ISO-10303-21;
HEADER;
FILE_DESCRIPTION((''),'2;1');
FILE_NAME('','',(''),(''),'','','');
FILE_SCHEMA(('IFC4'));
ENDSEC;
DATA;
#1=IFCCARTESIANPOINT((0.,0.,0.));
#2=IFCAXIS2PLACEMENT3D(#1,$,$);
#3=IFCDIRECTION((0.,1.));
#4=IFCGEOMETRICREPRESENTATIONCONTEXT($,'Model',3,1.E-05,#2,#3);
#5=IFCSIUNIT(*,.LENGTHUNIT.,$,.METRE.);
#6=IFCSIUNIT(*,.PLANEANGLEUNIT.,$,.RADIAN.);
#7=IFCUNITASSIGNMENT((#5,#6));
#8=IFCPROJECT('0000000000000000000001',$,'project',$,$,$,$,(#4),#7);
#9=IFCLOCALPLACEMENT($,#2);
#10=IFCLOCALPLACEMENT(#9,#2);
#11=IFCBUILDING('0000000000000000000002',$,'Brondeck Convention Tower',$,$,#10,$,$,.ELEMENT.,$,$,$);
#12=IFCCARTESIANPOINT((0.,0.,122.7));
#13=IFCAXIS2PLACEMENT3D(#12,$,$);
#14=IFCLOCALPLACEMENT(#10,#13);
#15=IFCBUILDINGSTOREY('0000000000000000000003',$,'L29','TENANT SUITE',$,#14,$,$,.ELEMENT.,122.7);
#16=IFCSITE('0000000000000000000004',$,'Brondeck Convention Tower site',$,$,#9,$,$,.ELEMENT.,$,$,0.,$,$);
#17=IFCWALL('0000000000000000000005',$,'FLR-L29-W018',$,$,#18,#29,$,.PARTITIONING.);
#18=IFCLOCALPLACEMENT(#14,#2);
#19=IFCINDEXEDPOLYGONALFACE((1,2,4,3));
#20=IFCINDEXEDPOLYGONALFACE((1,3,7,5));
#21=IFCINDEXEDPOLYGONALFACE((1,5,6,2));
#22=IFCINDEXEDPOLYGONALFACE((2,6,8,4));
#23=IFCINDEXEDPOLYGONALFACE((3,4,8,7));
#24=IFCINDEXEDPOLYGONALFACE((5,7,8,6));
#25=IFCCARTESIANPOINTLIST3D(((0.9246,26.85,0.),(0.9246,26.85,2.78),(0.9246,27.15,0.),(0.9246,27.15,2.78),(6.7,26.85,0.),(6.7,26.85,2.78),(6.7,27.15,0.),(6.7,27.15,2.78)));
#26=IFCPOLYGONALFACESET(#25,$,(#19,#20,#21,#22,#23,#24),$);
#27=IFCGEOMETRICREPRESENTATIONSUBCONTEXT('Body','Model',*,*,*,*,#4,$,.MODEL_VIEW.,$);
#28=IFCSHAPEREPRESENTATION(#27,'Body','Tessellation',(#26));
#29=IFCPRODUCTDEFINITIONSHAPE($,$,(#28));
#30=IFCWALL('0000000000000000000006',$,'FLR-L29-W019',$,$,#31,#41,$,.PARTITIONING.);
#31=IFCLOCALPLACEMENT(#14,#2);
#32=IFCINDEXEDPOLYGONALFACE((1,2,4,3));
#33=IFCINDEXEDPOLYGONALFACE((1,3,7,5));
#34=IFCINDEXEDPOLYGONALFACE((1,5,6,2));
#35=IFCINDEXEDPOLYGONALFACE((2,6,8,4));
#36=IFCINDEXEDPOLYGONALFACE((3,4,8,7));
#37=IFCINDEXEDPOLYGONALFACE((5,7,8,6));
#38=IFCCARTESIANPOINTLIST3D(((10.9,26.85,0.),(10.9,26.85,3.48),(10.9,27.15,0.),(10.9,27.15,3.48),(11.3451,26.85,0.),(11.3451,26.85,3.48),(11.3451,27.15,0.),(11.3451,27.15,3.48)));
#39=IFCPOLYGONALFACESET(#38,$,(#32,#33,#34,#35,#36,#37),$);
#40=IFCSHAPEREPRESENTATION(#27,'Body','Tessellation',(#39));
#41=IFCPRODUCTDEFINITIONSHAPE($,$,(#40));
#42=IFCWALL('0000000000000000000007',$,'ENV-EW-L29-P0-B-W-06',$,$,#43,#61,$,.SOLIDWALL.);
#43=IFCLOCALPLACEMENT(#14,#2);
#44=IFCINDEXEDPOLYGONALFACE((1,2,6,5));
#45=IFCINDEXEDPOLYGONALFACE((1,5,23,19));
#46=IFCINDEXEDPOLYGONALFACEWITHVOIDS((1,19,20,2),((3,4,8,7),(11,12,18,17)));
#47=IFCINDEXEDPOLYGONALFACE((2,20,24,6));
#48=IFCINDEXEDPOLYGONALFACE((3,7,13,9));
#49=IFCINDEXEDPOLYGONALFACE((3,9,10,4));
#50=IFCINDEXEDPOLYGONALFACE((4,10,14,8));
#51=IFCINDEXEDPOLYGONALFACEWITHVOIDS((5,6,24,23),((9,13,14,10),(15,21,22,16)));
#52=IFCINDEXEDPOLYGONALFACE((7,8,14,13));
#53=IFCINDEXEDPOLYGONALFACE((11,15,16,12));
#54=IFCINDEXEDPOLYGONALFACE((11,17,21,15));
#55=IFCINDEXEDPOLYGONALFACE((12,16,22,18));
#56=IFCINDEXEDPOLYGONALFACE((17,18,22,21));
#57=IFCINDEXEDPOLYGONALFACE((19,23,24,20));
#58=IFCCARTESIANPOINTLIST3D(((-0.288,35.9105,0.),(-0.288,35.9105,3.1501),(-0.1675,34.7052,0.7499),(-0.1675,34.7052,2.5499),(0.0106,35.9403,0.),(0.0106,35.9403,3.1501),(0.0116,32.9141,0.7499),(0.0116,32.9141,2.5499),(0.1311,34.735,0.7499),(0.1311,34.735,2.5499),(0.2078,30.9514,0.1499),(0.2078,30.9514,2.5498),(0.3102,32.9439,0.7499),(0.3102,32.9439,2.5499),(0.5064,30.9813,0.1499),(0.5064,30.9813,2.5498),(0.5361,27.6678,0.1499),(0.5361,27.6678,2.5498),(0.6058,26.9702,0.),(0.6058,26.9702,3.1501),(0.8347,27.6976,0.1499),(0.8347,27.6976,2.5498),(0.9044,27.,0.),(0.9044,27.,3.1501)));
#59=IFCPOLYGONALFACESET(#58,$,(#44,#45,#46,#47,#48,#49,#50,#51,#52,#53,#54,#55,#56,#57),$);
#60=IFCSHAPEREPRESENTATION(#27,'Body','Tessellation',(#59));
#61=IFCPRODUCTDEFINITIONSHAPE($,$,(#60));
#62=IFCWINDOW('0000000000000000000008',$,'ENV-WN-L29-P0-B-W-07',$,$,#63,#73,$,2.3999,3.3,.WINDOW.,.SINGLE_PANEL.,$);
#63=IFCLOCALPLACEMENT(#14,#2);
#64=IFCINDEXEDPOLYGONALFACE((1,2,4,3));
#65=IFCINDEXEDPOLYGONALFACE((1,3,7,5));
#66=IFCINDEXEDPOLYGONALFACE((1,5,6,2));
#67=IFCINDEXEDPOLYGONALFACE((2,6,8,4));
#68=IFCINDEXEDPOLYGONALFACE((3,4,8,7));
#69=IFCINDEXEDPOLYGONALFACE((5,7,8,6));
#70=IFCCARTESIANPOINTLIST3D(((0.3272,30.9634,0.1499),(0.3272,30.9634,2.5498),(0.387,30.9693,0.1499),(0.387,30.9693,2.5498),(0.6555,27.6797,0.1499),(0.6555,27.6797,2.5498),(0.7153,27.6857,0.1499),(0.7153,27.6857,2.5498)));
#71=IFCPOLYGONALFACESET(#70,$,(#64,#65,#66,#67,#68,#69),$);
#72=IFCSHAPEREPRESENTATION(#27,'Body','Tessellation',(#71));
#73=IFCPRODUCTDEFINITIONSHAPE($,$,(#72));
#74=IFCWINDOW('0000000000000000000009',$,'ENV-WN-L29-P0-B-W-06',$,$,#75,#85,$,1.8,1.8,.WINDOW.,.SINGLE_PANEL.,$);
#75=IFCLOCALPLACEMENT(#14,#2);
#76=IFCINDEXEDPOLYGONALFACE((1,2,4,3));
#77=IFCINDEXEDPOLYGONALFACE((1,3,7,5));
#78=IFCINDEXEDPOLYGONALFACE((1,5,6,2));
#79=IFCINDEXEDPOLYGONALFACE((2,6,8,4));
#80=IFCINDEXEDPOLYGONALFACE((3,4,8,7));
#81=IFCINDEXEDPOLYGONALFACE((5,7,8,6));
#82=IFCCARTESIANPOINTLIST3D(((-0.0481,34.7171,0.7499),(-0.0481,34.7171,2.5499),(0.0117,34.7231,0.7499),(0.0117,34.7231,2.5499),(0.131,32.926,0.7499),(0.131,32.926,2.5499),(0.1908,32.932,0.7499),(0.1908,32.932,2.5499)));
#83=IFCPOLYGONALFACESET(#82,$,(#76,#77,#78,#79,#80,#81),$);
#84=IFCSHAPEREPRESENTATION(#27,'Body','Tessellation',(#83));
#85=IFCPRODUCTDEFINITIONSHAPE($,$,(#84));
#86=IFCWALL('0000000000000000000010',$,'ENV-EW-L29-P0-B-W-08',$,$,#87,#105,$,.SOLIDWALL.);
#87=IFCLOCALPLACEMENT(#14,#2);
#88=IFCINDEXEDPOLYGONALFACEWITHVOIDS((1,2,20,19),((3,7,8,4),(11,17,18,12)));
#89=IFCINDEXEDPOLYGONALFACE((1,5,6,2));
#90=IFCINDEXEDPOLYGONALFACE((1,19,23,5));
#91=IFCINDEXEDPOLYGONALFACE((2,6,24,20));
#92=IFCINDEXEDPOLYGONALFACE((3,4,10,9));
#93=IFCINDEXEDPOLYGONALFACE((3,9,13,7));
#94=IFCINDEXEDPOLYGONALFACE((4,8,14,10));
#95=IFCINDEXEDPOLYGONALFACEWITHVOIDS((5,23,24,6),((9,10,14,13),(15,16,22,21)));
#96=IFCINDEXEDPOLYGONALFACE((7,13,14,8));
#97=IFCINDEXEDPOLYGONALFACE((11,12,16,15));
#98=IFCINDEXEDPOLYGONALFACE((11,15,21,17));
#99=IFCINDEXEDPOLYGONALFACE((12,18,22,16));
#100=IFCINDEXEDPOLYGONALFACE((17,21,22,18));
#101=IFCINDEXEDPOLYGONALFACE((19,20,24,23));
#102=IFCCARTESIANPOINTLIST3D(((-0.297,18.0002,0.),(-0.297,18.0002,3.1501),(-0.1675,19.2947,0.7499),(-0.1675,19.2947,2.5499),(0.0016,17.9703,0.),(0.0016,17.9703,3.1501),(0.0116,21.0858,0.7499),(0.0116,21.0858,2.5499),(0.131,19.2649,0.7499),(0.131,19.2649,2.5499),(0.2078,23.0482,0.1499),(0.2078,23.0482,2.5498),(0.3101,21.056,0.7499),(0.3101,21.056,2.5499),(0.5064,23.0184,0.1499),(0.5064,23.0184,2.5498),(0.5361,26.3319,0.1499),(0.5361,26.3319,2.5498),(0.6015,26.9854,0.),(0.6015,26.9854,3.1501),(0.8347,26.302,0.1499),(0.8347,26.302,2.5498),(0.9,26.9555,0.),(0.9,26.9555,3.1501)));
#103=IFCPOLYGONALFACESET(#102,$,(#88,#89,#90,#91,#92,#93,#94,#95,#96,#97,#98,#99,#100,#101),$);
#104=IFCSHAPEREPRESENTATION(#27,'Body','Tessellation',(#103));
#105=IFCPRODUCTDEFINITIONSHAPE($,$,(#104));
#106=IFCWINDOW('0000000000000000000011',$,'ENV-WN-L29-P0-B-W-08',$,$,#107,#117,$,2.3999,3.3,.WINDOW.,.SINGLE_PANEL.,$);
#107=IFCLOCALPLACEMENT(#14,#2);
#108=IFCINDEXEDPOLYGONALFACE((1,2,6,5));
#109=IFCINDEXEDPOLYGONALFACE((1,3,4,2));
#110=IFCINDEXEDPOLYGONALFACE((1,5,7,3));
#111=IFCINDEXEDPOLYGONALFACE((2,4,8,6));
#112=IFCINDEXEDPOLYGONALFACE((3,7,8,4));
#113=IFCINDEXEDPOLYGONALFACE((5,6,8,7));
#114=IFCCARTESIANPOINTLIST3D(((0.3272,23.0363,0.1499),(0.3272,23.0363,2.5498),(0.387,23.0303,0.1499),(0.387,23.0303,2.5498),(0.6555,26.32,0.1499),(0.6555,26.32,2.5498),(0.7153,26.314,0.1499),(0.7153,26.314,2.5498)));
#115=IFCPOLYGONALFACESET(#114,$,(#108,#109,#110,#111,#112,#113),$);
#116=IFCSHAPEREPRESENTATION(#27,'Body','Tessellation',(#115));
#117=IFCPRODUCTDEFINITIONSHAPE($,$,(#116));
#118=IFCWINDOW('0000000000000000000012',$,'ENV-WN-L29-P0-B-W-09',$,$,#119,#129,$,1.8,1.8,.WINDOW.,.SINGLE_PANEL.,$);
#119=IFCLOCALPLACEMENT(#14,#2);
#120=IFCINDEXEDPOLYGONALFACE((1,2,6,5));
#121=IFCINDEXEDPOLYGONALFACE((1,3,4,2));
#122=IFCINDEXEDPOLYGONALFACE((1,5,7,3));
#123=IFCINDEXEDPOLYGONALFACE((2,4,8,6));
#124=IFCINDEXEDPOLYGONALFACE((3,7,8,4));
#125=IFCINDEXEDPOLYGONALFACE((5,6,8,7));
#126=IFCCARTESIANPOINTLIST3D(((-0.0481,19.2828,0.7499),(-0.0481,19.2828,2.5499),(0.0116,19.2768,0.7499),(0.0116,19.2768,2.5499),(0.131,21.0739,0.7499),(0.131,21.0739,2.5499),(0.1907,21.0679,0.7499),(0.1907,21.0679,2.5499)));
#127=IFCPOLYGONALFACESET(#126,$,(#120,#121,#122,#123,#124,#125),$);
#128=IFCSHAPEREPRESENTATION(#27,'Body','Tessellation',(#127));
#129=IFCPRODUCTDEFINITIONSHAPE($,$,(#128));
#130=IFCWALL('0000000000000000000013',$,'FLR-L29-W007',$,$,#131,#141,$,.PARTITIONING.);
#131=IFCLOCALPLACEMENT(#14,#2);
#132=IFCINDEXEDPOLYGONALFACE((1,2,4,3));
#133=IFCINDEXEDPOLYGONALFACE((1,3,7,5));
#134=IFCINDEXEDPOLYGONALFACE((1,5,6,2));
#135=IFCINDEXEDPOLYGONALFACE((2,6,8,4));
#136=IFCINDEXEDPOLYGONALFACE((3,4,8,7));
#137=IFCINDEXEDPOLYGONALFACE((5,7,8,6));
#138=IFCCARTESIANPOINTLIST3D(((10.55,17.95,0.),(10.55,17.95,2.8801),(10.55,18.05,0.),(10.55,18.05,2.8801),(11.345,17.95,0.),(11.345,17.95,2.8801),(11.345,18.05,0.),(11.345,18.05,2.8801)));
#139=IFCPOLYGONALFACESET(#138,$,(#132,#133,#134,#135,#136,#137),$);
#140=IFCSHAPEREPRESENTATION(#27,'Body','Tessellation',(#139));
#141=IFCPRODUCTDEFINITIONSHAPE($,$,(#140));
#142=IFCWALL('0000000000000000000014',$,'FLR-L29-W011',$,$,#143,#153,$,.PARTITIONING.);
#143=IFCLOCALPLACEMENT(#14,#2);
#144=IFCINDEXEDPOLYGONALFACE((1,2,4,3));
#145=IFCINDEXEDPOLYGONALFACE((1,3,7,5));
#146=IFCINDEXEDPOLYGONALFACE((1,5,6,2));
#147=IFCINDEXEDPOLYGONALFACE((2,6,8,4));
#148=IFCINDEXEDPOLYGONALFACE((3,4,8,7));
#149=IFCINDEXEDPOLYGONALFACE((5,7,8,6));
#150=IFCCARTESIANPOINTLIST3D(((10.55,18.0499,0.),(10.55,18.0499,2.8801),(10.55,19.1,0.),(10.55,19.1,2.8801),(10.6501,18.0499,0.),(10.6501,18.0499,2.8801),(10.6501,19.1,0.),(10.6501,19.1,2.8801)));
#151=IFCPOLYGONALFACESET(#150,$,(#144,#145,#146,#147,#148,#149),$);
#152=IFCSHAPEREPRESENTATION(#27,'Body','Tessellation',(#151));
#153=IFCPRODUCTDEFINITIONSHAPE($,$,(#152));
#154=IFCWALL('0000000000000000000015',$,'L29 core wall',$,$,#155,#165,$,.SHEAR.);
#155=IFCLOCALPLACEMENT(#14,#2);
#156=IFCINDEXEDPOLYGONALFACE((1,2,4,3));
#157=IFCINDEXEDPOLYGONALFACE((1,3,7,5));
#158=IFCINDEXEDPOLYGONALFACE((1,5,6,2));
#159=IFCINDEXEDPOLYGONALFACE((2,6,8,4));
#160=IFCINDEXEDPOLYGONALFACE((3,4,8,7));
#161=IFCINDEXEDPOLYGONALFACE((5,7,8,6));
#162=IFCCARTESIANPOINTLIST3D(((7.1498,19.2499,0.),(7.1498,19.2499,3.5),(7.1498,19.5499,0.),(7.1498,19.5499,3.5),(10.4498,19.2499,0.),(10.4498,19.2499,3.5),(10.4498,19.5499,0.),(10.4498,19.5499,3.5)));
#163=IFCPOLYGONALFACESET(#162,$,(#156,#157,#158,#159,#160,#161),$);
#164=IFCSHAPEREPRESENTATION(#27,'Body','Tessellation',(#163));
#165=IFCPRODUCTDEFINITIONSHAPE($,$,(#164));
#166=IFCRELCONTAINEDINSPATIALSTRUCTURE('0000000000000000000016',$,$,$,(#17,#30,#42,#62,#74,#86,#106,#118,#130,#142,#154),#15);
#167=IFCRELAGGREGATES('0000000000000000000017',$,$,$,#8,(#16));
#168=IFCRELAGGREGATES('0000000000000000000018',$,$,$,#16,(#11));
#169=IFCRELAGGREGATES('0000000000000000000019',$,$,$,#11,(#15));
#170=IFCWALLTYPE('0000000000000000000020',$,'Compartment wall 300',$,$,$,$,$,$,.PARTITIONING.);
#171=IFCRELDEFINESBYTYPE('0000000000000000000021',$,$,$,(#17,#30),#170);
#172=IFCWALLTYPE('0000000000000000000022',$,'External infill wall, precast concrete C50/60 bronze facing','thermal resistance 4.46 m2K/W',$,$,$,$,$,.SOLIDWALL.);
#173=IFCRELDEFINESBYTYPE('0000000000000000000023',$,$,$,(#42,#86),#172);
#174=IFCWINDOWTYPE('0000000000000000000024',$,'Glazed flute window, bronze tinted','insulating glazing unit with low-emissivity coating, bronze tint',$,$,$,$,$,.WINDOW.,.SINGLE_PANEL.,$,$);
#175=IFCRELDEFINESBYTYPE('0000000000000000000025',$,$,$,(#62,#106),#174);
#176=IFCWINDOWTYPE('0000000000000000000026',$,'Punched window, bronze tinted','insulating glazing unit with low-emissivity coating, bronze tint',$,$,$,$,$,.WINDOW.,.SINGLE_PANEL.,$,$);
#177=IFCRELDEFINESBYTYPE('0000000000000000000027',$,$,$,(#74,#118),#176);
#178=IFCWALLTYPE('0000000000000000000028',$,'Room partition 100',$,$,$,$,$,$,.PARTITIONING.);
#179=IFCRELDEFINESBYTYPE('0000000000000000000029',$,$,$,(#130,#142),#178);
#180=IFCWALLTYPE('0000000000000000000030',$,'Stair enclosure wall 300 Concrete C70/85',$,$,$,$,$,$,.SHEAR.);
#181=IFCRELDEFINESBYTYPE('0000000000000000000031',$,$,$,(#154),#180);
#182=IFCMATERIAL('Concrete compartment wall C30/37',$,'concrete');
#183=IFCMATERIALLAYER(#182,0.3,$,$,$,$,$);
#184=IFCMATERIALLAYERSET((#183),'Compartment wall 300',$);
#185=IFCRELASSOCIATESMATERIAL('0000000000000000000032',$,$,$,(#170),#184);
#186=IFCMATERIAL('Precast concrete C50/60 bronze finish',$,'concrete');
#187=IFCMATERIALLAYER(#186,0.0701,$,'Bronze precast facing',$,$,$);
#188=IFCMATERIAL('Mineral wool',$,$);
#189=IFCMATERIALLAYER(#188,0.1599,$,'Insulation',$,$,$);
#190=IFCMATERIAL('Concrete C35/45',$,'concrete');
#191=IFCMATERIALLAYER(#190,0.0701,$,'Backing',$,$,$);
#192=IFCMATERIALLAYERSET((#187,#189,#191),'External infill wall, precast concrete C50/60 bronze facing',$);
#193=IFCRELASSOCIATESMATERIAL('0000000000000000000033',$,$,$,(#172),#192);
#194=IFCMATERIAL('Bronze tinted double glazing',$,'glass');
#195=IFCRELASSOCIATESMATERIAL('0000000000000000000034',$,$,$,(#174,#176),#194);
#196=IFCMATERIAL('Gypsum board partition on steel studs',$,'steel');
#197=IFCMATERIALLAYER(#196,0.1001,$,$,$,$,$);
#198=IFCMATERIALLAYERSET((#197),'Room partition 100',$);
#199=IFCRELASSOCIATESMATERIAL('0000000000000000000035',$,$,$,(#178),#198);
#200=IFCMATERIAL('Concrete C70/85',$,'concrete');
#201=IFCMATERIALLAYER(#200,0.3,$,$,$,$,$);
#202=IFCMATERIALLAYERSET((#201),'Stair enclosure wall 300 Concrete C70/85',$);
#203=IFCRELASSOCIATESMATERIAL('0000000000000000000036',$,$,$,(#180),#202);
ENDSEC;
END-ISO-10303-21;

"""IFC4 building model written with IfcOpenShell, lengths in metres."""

from ifc_helpers import new_model, si_unit, direction, frame, frame_2d, origin, place, context, subcontext, project, spatial, rectangle, extrude, material, layer, layer_set, type_object, element, fill, save


model = new_model("IFC4")

# Units and contexts
model_context = context("Model", 3, precision=1e-05, world=origin(), true_north=direction((0.0, 1.0)))
body_context = subcontext(model_context, "Body", "Model", "MODEL_VIEW")
ifc_project = project(units=[si_unit("LENGTHUNIT", "METRE"), si_unit("PLANEANGLEUNIT", "RADIAN")], contexts=[model_context])

# Site, building, storey
site_placement = place(None, origin())
site = spatial("IfcSite", under=ifc_project, at=site_placement, Name="Brondeck Convention Tower site", CompositionType="ELEMENT", RefElevation=0.0)
building_placement = place(site_placement, origin())
building = spatial("IfcBuilding", under=site, at=building_placement, Name="Brondeck Convention Tower", CompositionType="ELEMENT")
storey_placement = place(building_placement, frame((0.0, 0.0, 122.7)))
storey = spatial("IfcBuildingStorey", under=building, at=storey_placement, Name="L29", Description="TENANT SUITE", CompositionType="ELEMENT", Elevation=122.7)

# Shared definitions
ifc_material_1 = material(Name="Concrete C70/85", Category="concrete")

# Walls
ifc_material_2 = material(Name="Concrete compartment wall C30/37", Category="concrete")
ifc_layer_1 = layer(ifc_material_2, 0.3)
ifc_layer_set_1 = layer_set([ifc_layer_1], Name="Compartment wall 300")
wall_type_1 = type_object("IfcWallType", Name="Compartment wall 300", PredefinedType="PARTITIONING", material=ifc_layer_set_1)
wall_1_placement = place(storey_placement, frame((0.9246, 27.0, 0.0), z_axis=(0.0, 0.0, 1.0), x_axis=(1.0, 0.0, 0.0)))
element("IfcWall", 1, at=wall_1_placement, inside=storey, type_object=wall_type_1, Name="FLR-L29-W018", PredefinedType="PARTITIONING", context=body_context, shape_type="SweptSolid", body=[
    extrude(rectangle(XDim=5.7754, YDim=0.3, at=frame_2d((2.8877, 0.0))), origin(), (0.0, 0.0, 1.0), 2.78),
])
wall_2_placement = place(storey_placement, frame((10.8999, 27.0, 0.0), z_axis=(0.0, 0.0, 1.0), x_axis=(1.0, 0.0, 0.0)))
element("IfcWall", 2, at=wall_2_placement, inside=storey, type_object=wall_type_1, Name="FLR-L29-W019", PredefinedType="PARTITIONING", context=body_context, shape_type="SweptSolid", body=[
    extrude(rectangle(XDim=0.4451, YDim=0.3, at=frame_2d((0.2227, 0.0))), origin(), (0.0, 0.0, 1.0), 3.48),
])

# Walls, openings, windows
ifc_material_3 = material(Name="Precast concrete C50/60 bronze finish", Category="concrete")
ifc_layer_2 = layer(ifc_material_3, 0.0701, Name="Bronze precast facing")
ifc_material_4 = material(Name="Mineral wool")
ifc_layer_3 = layer(ifc_material_4, 0.1599, Name="Insulation")
ifc_material_5 = material(Name="Concrete C35/45", Category="concrete")
ifc_layer_4 = layer(ifc_material_5, 0.0701, Name="Backing")
ifc_layer_set_2 = layer_set([ifc_layer_2, ifc_layer_3, ifc_layer_4], Name="External infill wall, precast concrete C50/60 bronze facing")
wall_type_2 = type_object("IfcWallType", Name="External infill wall, precast concrete C50/60 bronze facing", Description="thermal resistance 4.46 m2K/W", PredefinedType="SOLIDWALL", material=ifc_layer_set_2)
wall_3_placement = place(storey_placement, frame((0.7551, 26.9851, 0.0), z_axis=(0.0, 0.0, 1.0), x_axis=(-0.09948, 0.99504, 0.0)))
wall_3 = element("IfcWall", 3, at=wall_3_placement, inside=storey, type_object=wall_type_2, Name="ENV-EW-L29-P0-B-W-06", PredefinedType="SOLIDWALL", context=body_context, shape_type="SweptSolid", body=[
    extrude(rectangle(XDim=8.9849, YDim=0.3, at=frame_2d((4.4924, 0.0))), origin(), (0.0, 0.0, 1.0), 3.1501),
])
opening_1_placement = place(wall_3_placement, frame((0.7012, 0.0, 0.1499)))
opening_1 = element("IfcOpeningElement", 4, at=opening_1_placement, cuts=wall_3, PredefinedType="OPENING", context=body_context, shape_type="SweptSolid", body=[
    extrude(rectangle(XDim=3.3, YDim=2.3999, at=frame_2d((1.6499, 1.2))), frame((0.0, 0.1599, 0.0), z_axis=(0.0, -1.0, 0.0), x_axis=(1.0, 0.0, 0.0)), (0.0, 0.0, 1.0), 0.3201),
])
opening_2_placement = place(wall_3_placement, frame((5.9736, 0.0, 0.75)))
opening_2 = element("IfcOpeningElement", 5, at=opening_2_placement, cuts=wall_3, PredefinedType="OPENING", context=body_context, shape_type="SweptSolid", body=[
    extrude(rectangle(XDim=1.8, YDim=1.8, at=frame_2d((0.8999, 0.8999))), frame((0.0, 0.1599, 0.0), z_axis=(0.0, -1.0, 0.0), x_axis=(1.0, 0.0, 0.0)), (0.0, 0.0, 1.0), 0.3201),
])
ifc_material_6 = material(Name="Bronze tinted double glazing", Category="glass")
window_type_1 = type_object("IfcWindowType", Name="Glazed flute window, bronze tinted", Description="insulating glazing unit with low-emissivity coating, bronze tint", PartitioningType="SINGLE_PANEL", PredefinedType="WINDOW", material=ifc_material_6)
window_1_placement = place(opening_1_placement, origin())
window_1 = element("IfcWindow", 6, at=window_1_placement, inside=storey, type_object=window_type_1, Name="ENV-WN-L29-P0-B-W-07", OverallHeight=2.3999, OverallWidth=3.3, PartitioningType="SINGLE_PANEL", PredefinedType="WINDOW", context=body_context, shape_type="SweptSolid", body=[
    extrude(rectangle(XDim=3.3, YDim=2.3999, at=frame_2d((1.6499, 1.2))), frame((0.0, 0.03, 0.0), z_axis=(0.0, -1.0, 0.0), x_axis=(1.0, 0.0, 0.0)), (0.0, 0.0, 1.0), 0.0601),
])
fill(opening_1, window_1)
window_type_2 = type_object("IfcWindowType", Name="Punched window, bronze tinted", Description="insulating glazing unit with low-emissivity coating, bronze tint", PartitioningType="SINGLE_PANEL", PredefinedType="WINDOW", material=ifc_material_6)
window_2_placement = place(opening_2_placement, origin())
window_2 = element("IfcWindow", 7, at=window_2_placement, inside=storey, type_object=window_type_2, Name="ENV-WN-L29-P0-B-W-06", OverallHeight=1.8, OverallWidth=1.8, PartitioningType="SINGLE_PANEL", PredefinedType="WINDOW", context=body_context, shape_type="SweptSolid", body=[
    extrude(rectangle(XDim=1.8, YDim=1.8, at=frame_2d((0.8999, 0.8999))), frame((0.0, 0.03, 0.0), z_axis=(0.0, -1.0, 0.0), x_axis=(1.0, 0.0, 0.0)), (0.0, 0.0, 1.0), 0.0601),
])
fill(opening_2, window_2)
wall_4_placement = place(storey_placement, frame((-0.1477, 17.9851, 0.0), z_axis=(0.0, 0.0, 1.0), x_axis=(0.099496, 0.995038, 0.0)))
wall_4 = element("IfcWall", 8, at=wall_4_placement, inside=storey, type_object=wall_type_2, Name="ENV-EW-L29-P0-B-W-08", PredefinedType="SOLIDWALL", context=body_context, shape_type="SweptSolid", body=[
    extrude(rectangle(XDim=9.03, YDim=0.3, at=frame_2d((4.5151, 0.0))), origin(), (0.0, 0.0, 1.0), 3.1501),
])
opening_3_placement = place(wall_4_placement, frame((1.3013, 0.0, 0.75)))
opening_3 = element("IfcOpeningElement", 9, at=opening_3_placement, cuts=wall_4, PredefinedType="OPENING", context=body_context, shape_type="SweptSolid", body=[
    extrude(rectangle(XDim=1.8, YDim=1.8, at=frame_2d((0.8999, 0.8999))), frame((0.0, 0.1599, 0.0), z_axis=(0.0, -1.0, 0.0), x_axis=(1.0, 0.0, 0.0)), (0.0, 0.0, 1.0), 0.3201),
])
opening_4_placement = place(wall_4_placement, frame((5.0735, 0.0, 0.1499)))
opening_4 = element("IfcOpeningElement", 10, at=opening_4_placement, cuts=wall_4, PredefinedType="OPENING", context=body_context, shape_type="SweptSolid", body=[
    extrude(rectangle(XDim=3.3, YDim=2.3999, at=frame_2d((1.6499, 1.2))), frame((0.0, 0.1599, 0.0), z_axis=(0.0, -1.0, 0.0), x_axis=(1.0, 0.0, 0.0)), (0.0, 0.0, 1.0), 0.3201),
])
window_3_placement = place(opening_4_placement, origin())
window_3 = element("IfcWindow", 11, at=window_3_placement, inside=storey, type_object=window_type_1, Name="ENV-WN-L29-P0-B-W-08", OverallHeight=2.3999, OverallWidth=3.3, PartitioningType="SINGLE_PANEL", PredefinedType="WINDOW", context=body_context, shape_type="SweptSolid", body=[
    extrude(rectangle(XDim=3.3, YDim=2.3999, at=frame_2d((1.6499, 1.2))), frame((0.0, 0.03, 0.0), z_axis=(0.0, -1.0, 0.0), x_axis=(1.0, 0.0, 0.0)), (0.0, 0.0, 1.0), 0.0601),
])
fill(opening_4, window_3)
window_4_placement = place(opening_3_placement, origin())
window_4 = element("IfcWindow", 12, at=window_4_placement, inside=storey, type_object=window_type_2, Name="ENV-WN-L29-P0-B-W-09", OverallHeight=1.8, OverallWidth=1.8, PartitioningType="SINGLE_PANEL", PredefinedType="WINDOW", context=body_context, shape_type="SweptSolid", body=[
    extrude(rectangle(XDim=1.8, YDim=1.8, at=frame_2d((0.8999, 0.8999))), frame((0.0, 0.03, 0.0), z_axis=(0.0, -1.0, 0.0), x_axis=(1.0, 0.0, 0.0)), (0.0, 0.0, 1.0), 0.0601),
])
fill(opening_3, window_4)

# Walls
ifc_material_7 = material(Name="Gypsum board partition on steel studs", Category="steel")
ifc_layer_5 = layer(ifc_material_7, 0.1001)
ifc_layer_set_3 = layer_set([ifc_layer_5], Name="Room partition 100")
wall_type_3 = type_object("IfcWallType", Name="Room partition 100", PredefinedType="PARTITIONING", material=ifc_layer_set_3)
wall_5_placement = place(storey_placement, frame((11.345, 18.0, 0.0), z_axis=(0.0, 0.0, 1.0), x_axis=(-1.0, 0.0, 0.0)))
element("IfcWall", 13, at=wall_5_placement, inside=storey, type_object=wall_type_3, Name="FLR-L29-W007", PredefinedType="PARTITIONING", context=body_context, shape_type="SweptSolid", body=[
    extrude(rectangle(XDim=0.7949, YDim=0.1001, at=frame_2d((0.3975, 0.0))), origin(), (0.0, 0.0, 1.0), 2.8801),
])
wall_6_placement = place(storey_placement, frame((10.6001, 18.05, 0.0), z_axis=(0.0, 0.0, 1.0), x_axis=(0.0, 1.0, 0.0)))
element("IfcWall", 14, at=wall_6_placement, inside=storey, type_object=wall_type_3, Name="FLR-L29-W011", PredefinedType="PARTITIONING", context=body_context, shape_type="SweptSolid", body=[
    extrude(rectangle(XDim=1.05, YDim=0.1001, at=frame_2d((0.5249, 0.0))), origin(), (0.0, 0.0, 1.0), 2.8801),
])
ifc_layer_6 = layer(ifc_material_1, 0.3)
ifc_layer_set_4 = layer_set([ifc_layer_6], Name="Stair enclosure wall 300 Concrete C70/85")
wall_type_4 = type_object("IfcWallType", Name="Stair enclosure wall 300 Concrete C70/85", PredefinedType="SHEAR", material=ifc_layer_set_4)
for number, where, z_axis, x_axis, name in (
    (15, (7.1499, 19.3999, 0.0), (0.0, 0.0, 1.0), (1.0, 0.0, 0.0), "L29 core wall"),
):
    element("IfcWall", number, at=place(storey_placement, frame(where, z_axis=z_axis, x_axis=x_axis)), inside=storey, type_object=wall_type_4, Name=name, PredefinedType="SHEAR", context=body_context, shape_type="SweptSolid", body=[
        extrude(rectangle(XDim=3.3, YDim=0.3, at=frame_2d((1.6499, 0.0))), origin(), (0.0, 0.0, 1.0), 3.5),
    ])

save(model, "model.ifc")
